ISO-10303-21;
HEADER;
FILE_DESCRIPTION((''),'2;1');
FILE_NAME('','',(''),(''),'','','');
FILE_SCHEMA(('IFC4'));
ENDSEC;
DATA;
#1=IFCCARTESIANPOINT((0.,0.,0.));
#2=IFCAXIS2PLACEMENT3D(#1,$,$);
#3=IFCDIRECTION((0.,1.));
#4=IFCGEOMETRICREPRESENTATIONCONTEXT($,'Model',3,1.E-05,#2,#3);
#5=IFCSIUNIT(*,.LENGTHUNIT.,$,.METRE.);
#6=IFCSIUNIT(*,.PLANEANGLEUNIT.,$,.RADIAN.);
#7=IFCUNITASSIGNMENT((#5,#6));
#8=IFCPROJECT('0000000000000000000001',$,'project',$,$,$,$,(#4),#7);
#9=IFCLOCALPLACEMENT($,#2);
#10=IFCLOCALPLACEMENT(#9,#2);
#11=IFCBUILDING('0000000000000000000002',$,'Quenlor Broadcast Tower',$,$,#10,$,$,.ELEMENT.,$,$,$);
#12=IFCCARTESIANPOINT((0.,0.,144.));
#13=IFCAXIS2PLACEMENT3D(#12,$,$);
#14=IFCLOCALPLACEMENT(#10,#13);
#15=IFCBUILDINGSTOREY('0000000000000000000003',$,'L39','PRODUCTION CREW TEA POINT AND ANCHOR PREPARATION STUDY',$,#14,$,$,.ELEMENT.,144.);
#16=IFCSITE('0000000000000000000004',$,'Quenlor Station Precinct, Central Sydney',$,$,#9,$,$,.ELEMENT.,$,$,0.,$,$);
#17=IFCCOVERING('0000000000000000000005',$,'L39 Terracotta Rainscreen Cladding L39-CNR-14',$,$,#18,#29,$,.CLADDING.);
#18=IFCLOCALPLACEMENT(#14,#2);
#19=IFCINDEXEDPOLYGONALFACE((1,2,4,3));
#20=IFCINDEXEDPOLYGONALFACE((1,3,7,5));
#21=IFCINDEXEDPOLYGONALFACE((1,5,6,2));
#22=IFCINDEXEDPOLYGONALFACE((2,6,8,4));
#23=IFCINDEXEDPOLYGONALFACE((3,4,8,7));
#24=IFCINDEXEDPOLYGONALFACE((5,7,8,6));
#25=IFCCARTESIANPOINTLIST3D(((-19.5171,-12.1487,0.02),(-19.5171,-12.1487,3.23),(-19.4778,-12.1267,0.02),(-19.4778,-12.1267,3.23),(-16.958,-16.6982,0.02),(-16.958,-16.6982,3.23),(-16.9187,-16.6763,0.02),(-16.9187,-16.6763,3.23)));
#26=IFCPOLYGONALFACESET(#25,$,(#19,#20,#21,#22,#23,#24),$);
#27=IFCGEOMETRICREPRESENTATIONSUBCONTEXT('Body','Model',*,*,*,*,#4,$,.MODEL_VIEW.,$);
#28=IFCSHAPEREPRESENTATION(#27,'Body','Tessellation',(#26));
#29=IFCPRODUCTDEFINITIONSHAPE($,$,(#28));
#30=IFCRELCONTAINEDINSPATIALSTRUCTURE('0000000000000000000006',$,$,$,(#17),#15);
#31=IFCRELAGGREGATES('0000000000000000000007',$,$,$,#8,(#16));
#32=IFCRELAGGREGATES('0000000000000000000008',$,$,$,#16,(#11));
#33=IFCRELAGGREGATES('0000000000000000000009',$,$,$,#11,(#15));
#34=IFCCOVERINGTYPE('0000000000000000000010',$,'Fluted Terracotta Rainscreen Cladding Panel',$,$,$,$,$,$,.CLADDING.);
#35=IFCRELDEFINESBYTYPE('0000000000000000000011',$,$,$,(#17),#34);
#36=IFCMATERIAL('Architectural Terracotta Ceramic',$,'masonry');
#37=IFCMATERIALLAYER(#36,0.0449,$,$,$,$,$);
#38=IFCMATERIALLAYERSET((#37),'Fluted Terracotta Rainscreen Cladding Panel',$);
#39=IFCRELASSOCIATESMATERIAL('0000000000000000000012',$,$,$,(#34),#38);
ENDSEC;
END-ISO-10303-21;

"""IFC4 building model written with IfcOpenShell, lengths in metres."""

from ifc_helpers import new_model, si_unit, direction, frame, origin, place, context, subcontext, project, spatial, polyline, outline, extrude, material, layer, layer_set, type_object, element, save


model = new_model("IFC4")

# Units and contexts
model_context = context("Model", 3, precision=1e-05, world=origin(), true_north=direction((0.0, 1.0)))
body_context = subcontext(model_context, "Body", "Model", "MODEL_VIEW")
ifc_project = project(units=[si_unit("LENGTHUNIT", "METRE"), si_unit("PLANEANGLEUNIT", "RADIAN")], contexts=[model_context])

# Site, building, storey
site_placement = place(None, origin())
site = spatial("IfcSite", under=ifc_project, at=site_placement, Name="Quenlor Station Precinct, Central Sydney", CompositionType="ELEMENT", RefElevation=0.0)
building_placement = place(site_placement, origin())
building = spatial("IfcBuilding", under=site, at=building_placement, Name="Quenlor Broadcast Tower", CompositionType="ELEMENT")
storey_placement = place(building_placement, frame((0.0, 0.0, 144.0)))
storey = spatial("IfcBuildingStorey", under=building, at=storey_placement, Name="L39", Description="PRODUCTION CREW TEA POINT AND ANCHOR PREPARATION STUDY", CompositionType="ELEMENT", Elevation=144.0)

# Covering
ifc_material_1 = material(Name="Architectural Terracotta Ceramic", Category="masonry")
ifc_layer_1 = layer(ifc_material_1, 0.0449)
ifc_layer_set_1 = layer_set([ifc_layer_1], Name="Fluted Terracotta Rainscreen Cladding Panel")
covering_type = type_object("IfcCoveringType", Name="Fluted Terracotta Rainscreen Cladding Panel", PredefinedType="CLADDING", material=ifc_layer_set_1)
covering_1_placement = place(storey_placement, frame((0.0, 0.0, 0.02)))
element("IfcCovering", 1, at=covering_1_placement, inside=storey, type_object=covering_type, Name="L39 Terracotta Rainscreen Cladding L39-CNR-14", PredefinedType="CLADDING", context=body_context, shape_type="SweptSolid", body=[
    extrude(outline(polyline([(-19.5171, -12.1487), (-16.958, -16.6982), (-16.9187, -16.6763), (-19.4778, -12.1267), (-19.5171, -12.1487)])), origin(), (0.0, 0.0, 1.0), 3.21),
])

save(model, "model.ifc")
